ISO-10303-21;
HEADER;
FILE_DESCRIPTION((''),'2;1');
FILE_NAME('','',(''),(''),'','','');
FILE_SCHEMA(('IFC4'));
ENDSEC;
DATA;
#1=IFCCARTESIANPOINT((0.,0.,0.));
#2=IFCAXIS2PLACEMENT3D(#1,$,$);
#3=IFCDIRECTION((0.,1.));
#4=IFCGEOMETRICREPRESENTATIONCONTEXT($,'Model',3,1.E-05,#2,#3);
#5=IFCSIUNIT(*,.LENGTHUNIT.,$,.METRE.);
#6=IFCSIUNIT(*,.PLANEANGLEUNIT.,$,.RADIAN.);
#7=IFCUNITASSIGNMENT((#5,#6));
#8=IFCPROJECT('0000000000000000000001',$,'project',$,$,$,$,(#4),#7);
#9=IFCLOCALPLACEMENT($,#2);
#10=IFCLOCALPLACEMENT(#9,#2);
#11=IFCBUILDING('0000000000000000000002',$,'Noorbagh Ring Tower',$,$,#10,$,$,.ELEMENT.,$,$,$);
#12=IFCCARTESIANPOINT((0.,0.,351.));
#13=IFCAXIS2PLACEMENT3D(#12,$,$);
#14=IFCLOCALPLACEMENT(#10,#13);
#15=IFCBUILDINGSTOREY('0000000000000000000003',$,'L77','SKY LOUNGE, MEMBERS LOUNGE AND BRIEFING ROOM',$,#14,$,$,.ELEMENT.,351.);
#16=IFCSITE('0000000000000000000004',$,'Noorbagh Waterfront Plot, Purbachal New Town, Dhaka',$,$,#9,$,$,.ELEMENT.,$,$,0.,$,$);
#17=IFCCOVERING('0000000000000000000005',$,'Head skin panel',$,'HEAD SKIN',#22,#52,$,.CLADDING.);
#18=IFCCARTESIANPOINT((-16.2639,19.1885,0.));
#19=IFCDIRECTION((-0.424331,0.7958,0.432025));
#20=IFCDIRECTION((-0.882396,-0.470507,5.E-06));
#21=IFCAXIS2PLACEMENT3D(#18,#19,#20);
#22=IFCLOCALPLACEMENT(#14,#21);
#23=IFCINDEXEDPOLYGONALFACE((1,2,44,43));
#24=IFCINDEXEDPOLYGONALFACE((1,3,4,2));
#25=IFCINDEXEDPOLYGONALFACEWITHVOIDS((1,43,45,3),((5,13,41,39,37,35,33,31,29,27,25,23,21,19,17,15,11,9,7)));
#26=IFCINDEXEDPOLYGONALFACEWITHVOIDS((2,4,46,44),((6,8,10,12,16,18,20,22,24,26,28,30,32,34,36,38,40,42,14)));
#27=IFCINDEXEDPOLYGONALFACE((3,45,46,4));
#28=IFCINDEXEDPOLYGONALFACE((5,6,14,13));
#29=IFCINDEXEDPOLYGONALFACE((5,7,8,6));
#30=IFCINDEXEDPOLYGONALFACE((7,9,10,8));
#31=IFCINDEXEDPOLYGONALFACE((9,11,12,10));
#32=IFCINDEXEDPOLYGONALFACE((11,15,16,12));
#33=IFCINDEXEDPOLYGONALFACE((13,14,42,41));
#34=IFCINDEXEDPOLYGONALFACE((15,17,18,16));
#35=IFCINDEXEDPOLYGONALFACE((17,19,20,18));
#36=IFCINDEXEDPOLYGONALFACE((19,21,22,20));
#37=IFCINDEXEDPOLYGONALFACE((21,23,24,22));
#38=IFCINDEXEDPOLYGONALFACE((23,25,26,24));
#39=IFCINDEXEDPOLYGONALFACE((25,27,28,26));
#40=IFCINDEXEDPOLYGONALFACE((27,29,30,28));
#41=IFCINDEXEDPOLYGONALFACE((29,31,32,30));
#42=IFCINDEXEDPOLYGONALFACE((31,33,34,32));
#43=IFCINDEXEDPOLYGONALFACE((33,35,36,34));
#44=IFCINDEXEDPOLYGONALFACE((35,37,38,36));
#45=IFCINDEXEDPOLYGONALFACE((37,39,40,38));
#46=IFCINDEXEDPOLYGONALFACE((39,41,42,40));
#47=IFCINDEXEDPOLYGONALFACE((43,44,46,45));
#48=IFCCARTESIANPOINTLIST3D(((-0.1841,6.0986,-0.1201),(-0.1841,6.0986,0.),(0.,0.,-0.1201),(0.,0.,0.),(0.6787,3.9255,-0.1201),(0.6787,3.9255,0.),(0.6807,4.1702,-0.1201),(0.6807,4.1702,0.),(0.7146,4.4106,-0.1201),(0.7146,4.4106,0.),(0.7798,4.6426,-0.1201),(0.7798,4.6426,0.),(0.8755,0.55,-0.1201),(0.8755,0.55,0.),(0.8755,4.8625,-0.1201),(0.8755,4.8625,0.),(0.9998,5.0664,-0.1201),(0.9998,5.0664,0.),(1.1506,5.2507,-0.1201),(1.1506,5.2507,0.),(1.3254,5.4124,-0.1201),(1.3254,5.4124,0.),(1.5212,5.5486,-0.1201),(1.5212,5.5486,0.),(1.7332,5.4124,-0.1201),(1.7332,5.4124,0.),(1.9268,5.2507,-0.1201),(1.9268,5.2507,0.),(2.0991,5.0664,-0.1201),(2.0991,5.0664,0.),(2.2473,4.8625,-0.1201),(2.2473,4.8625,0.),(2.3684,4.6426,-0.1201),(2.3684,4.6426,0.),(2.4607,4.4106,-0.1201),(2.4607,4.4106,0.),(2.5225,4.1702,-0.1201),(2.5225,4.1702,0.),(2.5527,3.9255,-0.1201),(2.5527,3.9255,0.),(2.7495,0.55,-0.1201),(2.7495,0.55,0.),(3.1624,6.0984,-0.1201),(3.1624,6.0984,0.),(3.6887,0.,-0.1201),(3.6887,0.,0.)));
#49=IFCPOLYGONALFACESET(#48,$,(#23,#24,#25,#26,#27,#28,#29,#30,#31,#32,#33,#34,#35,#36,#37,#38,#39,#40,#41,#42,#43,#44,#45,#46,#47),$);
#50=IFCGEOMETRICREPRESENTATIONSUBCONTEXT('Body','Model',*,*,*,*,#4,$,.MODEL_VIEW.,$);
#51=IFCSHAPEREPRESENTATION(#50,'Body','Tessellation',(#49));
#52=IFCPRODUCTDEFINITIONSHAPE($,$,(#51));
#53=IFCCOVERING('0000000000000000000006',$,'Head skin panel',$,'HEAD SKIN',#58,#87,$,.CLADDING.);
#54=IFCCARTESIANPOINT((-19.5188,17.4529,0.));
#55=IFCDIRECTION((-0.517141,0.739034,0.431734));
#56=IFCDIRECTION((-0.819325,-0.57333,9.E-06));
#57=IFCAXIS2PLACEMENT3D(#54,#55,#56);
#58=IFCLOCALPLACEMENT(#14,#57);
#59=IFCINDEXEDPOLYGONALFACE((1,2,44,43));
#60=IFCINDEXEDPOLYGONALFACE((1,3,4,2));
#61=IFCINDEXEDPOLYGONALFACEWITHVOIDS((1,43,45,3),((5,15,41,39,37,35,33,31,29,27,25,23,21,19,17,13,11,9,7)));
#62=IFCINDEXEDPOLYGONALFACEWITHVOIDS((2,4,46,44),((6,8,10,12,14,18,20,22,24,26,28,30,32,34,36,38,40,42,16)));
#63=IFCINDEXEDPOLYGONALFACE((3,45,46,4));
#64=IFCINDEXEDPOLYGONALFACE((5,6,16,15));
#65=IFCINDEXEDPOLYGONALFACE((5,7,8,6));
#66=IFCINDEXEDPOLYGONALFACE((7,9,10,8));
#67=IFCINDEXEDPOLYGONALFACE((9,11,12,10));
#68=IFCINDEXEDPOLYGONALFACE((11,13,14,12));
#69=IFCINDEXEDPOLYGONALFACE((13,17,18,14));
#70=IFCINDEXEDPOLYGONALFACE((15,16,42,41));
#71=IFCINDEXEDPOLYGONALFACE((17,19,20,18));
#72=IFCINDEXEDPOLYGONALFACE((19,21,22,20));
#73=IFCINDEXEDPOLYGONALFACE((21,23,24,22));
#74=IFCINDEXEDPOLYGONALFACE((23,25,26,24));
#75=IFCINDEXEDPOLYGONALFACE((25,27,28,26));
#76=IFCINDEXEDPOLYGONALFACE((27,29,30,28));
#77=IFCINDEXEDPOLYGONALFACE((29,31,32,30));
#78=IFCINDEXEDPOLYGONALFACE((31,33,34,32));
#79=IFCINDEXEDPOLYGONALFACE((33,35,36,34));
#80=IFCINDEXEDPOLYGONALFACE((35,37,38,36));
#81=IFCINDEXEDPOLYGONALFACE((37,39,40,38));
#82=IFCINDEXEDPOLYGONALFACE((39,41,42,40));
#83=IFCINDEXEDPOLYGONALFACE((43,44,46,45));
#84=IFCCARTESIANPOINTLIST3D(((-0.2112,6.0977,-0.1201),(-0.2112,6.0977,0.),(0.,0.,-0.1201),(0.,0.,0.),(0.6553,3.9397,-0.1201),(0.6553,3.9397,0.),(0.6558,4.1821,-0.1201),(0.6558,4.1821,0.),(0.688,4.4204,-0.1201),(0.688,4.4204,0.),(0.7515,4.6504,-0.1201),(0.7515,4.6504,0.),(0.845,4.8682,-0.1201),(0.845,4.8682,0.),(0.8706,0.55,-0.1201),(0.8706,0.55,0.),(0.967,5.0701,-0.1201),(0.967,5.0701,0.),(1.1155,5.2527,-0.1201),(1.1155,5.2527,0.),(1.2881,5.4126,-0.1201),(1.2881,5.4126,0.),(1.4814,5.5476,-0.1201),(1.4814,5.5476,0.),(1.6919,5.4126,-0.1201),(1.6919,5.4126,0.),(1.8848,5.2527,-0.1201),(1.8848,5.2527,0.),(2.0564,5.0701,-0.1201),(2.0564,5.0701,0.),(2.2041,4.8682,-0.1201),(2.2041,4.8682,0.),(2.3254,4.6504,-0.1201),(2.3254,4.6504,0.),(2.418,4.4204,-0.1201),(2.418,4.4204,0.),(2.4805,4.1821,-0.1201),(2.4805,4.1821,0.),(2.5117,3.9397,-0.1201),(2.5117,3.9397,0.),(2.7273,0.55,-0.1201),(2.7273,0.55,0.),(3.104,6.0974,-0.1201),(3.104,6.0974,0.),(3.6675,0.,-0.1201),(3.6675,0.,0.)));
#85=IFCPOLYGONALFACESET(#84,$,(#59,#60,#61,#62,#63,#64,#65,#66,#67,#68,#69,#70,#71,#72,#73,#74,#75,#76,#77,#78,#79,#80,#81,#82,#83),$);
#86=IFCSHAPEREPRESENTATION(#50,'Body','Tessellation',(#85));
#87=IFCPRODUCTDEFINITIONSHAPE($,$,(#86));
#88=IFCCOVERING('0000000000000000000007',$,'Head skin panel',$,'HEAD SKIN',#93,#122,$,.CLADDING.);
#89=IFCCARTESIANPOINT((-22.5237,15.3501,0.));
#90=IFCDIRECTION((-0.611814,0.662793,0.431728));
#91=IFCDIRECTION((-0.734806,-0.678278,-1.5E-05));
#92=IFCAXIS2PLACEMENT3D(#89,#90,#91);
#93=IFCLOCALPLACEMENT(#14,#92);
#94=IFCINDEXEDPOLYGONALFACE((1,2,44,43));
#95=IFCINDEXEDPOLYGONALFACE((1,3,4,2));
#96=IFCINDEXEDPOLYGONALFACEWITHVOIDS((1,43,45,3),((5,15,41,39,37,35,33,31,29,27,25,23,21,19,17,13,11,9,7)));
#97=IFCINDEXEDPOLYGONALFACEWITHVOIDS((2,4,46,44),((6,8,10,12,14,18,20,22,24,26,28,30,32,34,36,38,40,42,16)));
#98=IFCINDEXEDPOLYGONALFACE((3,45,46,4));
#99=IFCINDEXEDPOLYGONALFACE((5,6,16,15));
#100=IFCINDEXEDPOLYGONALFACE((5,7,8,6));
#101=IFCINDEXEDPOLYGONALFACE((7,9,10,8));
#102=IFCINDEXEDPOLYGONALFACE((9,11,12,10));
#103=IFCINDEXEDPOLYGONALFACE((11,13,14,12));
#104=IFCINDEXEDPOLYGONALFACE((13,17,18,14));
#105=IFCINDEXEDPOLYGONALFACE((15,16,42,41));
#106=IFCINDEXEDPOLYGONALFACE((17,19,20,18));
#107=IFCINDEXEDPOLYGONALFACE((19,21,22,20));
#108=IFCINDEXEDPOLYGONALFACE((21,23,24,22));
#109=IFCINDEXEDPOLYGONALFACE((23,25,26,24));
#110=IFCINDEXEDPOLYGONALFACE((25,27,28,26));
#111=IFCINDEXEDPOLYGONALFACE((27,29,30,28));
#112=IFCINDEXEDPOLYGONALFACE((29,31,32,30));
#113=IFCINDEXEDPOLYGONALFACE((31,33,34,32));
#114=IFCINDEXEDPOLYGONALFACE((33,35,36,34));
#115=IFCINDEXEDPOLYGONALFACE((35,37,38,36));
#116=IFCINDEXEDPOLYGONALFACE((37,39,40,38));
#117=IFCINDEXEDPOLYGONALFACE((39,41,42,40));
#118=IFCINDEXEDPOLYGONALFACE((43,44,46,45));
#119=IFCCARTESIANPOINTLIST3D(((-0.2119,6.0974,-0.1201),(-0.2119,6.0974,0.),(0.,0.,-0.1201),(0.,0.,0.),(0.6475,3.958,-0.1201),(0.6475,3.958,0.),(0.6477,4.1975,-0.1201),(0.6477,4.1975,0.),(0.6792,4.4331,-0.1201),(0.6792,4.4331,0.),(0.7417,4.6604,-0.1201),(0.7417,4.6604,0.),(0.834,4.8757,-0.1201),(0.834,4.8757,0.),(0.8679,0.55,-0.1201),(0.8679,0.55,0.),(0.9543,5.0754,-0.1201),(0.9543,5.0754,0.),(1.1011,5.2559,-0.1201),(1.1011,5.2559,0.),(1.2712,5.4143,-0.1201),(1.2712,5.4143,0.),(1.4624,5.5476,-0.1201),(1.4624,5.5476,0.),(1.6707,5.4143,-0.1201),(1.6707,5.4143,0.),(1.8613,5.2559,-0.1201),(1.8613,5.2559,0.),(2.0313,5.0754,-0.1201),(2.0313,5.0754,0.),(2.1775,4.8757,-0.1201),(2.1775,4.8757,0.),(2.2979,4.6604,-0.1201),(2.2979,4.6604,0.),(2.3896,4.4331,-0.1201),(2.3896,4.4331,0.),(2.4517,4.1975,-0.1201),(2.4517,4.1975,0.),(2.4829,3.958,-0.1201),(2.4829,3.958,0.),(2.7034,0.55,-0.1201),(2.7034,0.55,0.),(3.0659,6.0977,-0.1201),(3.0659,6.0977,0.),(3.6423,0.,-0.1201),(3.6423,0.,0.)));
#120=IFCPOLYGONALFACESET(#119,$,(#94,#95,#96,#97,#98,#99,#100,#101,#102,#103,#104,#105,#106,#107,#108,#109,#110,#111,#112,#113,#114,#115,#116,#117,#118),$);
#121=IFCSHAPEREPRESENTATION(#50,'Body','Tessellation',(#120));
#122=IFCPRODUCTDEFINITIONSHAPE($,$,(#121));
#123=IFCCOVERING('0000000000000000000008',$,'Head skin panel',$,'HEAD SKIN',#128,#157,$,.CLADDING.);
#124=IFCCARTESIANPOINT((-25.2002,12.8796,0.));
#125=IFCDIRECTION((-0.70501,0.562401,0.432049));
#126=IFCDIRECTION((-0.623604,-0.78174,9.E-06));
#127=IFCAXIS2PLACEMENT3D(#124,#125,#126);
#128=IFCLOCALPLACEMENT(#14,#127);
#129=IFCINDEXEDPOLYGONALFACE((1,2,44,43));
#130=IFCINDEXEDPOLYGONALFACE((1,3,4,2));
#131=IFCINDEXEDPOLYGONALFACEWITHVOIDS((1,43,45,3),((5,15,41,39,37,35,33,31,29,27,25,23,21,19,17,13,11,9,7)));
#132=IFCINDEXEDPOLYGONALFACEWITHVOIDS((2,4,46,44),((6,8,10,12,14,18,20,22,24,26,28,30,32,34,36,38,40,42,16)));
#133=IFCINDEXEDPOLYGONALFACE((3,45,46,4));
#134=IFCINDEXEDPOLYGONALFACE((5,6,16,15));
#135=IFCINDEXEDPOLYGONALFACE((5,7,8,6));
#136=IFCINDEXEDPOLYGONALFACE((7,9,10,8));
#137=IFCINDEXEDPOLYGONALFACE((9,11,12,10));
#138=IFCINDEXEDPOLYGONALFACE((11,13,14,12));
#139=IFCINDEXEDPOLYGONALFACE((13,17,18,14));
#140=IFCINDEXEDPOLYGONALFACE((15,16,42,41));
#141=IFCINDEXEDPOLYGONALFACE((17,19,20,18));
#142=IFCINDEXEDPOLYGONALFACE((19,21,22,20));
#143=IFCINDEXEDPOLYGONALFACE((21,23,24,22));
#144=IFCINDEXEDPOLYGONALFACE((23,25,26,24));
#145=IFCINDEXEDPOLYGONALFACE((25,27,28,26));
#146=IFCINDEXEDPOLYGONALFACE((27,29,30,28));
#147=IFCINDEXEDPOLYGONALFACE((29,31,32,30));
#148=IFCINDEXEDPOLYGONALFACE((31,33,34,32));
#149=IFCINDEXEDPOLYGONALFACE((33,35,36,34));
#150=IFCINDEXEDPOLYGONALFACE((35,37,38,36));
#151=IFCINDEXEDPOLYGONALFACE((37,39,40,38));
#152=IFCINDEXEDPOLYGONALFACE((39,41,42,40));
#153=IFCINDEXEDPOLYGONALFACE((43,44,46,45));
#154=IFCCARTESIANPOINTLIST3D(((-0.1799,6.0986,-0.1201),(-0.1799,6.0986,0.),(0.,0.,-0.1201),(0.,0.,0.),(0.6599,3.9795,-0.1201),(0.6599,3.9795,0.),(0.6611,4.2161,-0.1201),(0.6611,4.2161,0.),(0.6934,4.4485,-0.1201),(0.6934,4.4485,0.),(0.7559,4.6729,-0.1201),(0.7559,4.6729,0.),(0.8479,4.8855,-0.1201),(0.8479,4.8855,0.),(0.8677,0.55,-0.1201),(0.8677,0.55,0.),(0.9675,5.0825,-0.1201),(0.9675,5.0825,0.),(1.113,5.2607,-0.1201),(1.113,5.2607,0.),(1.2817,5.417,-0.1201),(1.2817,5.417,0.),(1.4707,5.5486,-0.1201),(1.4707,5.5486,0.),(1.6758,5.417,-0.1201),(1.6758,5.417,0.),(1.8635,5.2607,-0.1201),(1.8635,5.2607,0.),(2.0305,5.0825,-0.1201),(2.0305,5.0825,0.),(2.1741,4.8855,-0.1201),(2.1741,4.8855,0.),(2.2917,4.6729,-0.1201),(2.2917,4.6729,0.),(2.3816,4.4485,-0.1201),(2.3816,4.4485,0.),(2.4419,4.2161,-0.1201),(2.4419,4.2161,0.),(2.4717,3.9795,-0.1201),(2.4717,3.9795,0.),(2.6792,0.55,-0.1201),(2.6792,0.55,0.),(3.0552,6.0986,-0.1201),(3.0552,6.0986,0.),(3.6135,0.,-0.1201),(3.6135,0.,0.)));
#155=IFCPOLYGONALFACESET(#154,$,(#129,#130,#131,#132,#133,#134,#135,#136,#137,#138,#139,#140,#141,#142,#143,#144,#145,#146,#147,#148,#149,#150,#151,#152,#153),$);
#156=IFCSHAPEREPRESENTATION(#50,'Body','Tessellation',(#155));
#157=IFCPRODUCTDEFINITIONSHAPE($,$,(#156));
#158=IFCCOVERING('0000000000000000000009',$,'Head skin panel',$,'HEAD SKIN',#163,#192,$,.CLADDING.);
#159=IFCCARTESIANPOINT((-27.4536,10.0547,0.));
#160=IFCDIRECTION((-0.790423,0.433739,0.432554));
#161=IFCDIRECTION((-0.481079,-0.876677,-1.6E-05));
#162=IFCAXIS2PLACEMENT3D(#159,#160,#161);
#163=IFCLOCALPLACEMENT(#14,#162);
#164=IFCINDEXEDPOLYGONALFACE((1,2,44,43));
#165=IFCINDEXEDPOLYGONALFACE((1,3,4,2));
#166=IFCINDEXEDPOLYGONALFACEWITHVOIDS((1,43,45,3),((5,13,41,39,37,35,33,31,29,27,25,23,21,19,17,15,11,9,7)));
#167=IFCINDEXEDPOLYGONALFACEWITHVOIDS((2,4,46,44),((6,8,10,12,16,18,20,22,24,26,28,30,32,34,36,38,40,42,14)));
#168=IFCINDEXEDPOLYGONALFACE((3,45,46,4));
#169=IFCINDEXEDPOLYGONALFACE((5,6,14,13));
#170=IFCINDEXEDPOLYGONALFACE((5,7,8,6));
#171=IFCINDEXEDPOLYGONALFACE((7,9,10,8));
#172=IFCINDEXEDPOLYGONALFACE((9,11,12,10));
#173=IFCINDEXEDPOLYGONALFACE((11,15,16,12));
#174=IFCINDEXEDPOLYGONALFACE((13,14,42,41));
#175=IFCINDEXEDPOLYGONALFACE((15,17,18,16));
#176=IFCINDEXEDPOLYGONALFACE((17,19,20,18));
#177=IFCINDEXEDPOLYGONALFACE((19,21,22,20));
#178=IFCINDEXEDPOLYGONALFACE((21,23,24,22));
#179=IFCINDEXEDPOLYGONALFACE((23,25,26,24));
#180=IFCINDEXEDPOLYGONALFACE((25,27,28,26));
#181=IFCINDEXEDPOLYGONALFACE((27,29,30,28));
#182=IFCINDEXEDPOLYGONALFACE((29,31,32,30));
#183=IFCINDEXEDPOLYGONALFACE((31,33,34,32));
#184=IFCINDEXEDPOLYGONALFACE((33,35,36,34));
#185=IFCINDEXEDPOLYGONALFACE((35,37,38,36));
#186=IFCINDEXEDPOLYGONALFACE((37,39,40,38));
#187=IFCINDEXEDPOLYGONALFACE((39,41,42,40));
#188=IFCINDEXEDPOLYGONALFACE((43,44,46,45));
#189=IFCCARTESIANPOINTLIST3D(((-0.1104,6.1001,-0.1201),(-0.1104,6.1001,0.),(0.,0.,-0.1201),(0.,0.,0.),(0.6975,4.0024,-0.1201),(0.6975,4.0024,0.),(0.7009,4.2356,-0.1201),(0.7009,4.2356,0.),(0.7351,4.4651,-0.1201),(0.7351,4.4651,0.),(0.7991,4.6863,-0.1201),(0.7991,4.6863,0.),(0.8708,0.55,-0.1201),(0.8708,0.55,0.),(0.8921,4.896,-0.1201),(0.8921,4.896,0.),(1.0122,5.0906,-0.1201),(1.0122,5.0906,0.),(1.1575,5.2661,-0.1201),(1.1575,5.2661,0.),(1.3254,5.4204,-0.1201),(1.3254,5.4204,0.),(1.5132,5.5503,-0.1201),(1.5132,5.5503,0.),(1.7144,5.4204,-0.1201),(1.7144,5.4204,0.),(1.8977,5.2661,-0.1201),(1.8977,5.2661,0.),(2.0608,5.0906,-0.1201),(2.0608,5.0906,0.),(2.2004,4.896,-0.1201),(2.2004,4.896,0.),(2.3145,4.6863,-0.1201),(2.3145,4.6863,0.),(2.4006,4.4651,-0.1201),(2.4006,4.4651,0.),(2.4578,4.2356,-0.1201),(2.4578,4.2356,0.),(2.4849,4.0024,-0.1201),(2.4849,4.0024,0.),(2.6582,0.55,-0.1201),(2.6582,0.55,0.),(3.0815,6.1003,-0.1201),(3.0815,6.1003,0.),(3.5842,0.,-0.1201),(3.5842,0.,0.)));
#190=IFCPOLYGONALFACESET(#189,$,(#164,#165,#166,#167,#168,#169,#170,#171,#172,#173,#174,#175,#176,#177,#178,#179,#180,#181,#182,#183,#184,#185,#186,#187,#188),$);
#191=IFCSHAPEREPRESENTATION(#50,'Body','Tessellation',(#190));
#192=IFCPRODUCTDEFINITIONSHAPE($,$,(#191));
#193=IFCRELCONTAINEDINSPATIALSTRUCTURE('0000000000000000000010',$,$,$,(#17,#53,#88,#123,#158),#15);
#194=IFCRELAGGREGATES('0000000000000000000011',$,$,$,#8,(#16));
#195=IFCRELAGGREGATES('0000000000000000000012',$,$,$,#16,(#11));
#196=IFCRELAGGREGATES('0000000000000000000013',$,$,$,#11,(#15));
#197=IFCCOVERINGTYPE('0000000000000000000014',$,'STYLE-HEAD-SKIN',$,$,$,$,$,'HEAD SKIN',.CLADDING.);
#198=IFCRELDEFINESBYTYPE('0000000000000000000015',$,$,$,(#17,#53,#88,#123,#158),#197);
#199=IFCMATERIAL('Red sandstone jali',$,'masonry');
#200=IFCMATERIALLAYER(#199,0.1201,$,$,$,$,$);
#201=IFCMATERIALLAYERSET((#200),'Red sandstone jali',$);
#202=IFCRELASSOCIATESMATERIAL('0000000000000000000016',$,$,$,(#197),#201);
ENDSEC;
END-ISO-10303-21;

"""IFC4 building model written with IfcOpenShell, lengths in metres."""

from ifc_helpers import new_model, si_unit, direction, frame, origin, place, context, subcontext, project, spatial, polyline, outline, extrude, material, layer, layer_set, type_object, element, save


model = new_model("IFC4")

# Units and contexts
model_context = context("Model", 3, precision=1e-05, world=origin(), true_north=direction((0.0, 1.0)))
body_context = subcontext(model_context, "Body", "Model", "MODEL_VIEW")
ifc_project = project(units=[si_unit("LENGTHUNIT", "METRE"), si_unit("PLANEANGLEUNIT", "RADIAN")], contexts=[model_context])

# Site, building, storey
site_placement = place(None, origin())
site = spatial("IfcSite", under=ifc_project, at=site_placement, Name="Noorbagh Waterfront Plot, Purbachal New Town, Dhaka", CompositionType="ELEMENT", RefElevation=0.0)
building_placement = place(site_placement, origin())
building = spatial("IfcBuilding", under=site, at=building_placement, Name="Noorbagh Ring Tower", CompositionType="ELEMENT")
storey_placement = place(building_placement, frame((0.0, 0.0, 351.0)))
storey = spatial("IfcBuildingStorey", under=building, at=storey_placement, Name="L77", Description="SKY LOUNGE, MEMBERS LOUNGE AND BRIEFING ROOM", CompositionType="ELEMENT", Elevation=351.0)

# Coverings
ifc_material_1 = material(Name="Red sandstone jali", Category="masonry")
ifc_layer_1 = layer(ifc_material_1, 0.1201)
ifc_layer_set_1 = layer_set([ifc_layer_1], Name="Red sandstone jali")
covering_type_1 = type_object("IfcCoveringType", Name="STYLE-HEAD-SKIN", ElementType="HEAD SKIN", PredefinedType="CLADDING", material=ifc_layer_set_1)
covering_1_placement = place(storey_placement, frame((-16.2639, 19.1885, 0.0), z_axis=(-0.424331, 0.7958, 0.432025), x_axis=(-0.882396, -0.470507, 0.000005)))
element("IfcCovering", 1, at=covering_1_placement, inside=storey, type_object=covering_type_1, Name="Head skin panel", ObjectType="HEAD SKIN", PredefinedType="CLADDING", context=body_context, shape_type="SweptSolid", body=[
    extrude(outline(polyline([(0.0, 0.0), (3.6887, 0.0), (3.1624, 6.0984), (-0.1841, 6.0986), (0.0, 0.0)]), holes=[polyline([(0.8755, 0.55), (0.6787, 3.9255), (0.6807, 4.1702), (0.7146, 4.4106), (0.7798, 4.6426), (0.8755, 4.8625), (0.9998, 5.0664), (1.1506, 5.2507), (1.3254, 5.4124), (1.5212, 5.5486), (1.7332, 5.4124), (1.9268, 5.2507), (2.0991, 5.0664), (2.2473, 4.8625), (2.3684, 4.6426), (2.4607, 4.4106), (2.5225, 4.1702), (2.5527, 3.9255), (2.7495, 0.55), (0.8755, 0.55)])]), origin(), (0.0, 0.0, -1.0), 0.1201),
])
covering_2_placement = place(storey_placement, frame((-19.5188, 17.4529, 0.0), z_axis=(-0.517141, 0.739034, 0.431734), x_axis=(-0.819325, -0.57333, 0.000009)))
element("IfcCovering", 2, at=covering_2_placement, inside=storey, type_object=covering_type_1, Name="Head skin panel", ObjectType="HEAD SKIN", PredefinedType="CLADDING", context=body_context, shape_type="SweptSolid", body=[
    extrude(outline(polyline([(0.0, 0.0), (3.6675, 0.0), (3.104, 6.0974), (-0.2112, 6.0977), (0.0, 0.0)]), holes=[polyline([(0.8706, 0.55), (0.6553, 3.9397), (0.6558, 4.1821), (0.688, 4.4204), (0.7515, 4.6504), (0.845, 4.8682), (0.967, 5.0701), (1.1155, 5.2527), (1.2881, 5.4126), (1.4814, 5.5476), (1.6919, 5.4126), (1.8848, 5.2527), (2.0564, 5.0701), (2.2041, 4.8682), (2.3254, 4.6504), (2.418, 4.4204), (2.4805, 4.1821), (2.5117, 3.9397), (2.7273, 0.55), (0.8706, 0.55)])]), origin(), (0.0, 0.0, -1.0), 0.1201),
])
covering_3_placement = place(storey_placement, frame((-22.5237, 15.3501, 0.0), z_axis=(-0.611814, 0.662793, 0.431728), x_axis=(-0.734806, -0.678278, -0.000015)))
element("IfcCovering", 3, at=covering_3_placement, inside=storey, type_object=covering_type_1, Name="Head skin panel", ObjectType="HEAD SKIN", PredefinedType="CLADDING", context=body_context, shape_type="SweptSolid", body=[
    extrude(outline(polyline([(0.0, 0.0), (3.6423, 0.0), (3.0659, 6.0977), (-0.2119, 6.0974), (0.0, 0.0)]), holes=[polyline([(0.8679, 0.55), (0.6475, 3.958), (0.6477, 4.1975), (0.6792, 4.4331), (0.7417, 4.6604), (0.834, 4.8757), (0.9543, 5.0754), (1.1011, 5.2559), (1.2712, 5.4143), (1.4624, 5.5476), (1.6707, 5.4143), (1.8613, 5.2559), (2.0312, 5.0754), (2.1775, 4.8757), (2.2979, 4.6604), (2.3896, 4.4331), (2.4517, 4.1975), (2.4829, 3.958), (2.7034, 0.55), (0.8679, 0.55)])]), origin(), (0.0, 0.0, -1.0), 0.1201),
])
covering_4_placement = place(storey_placement, frame((-25.2002, 12.8796, 0.0), z_axis=(-0.70501, 0.562401, 0.432049), x_axis=(-0.623604, -0.78174, 0.000009)))
element("IfcCovering", 4, at=covering_4_placement, inside=storey, type_object=covering_type_1, Name="Head skin panel", ObjectType="HEAD SKIN", PredefinedType="CLADDING", context=body_context, shape_type="SweptSolid", body=[
    extrude(outline(polyline([(0.0, 0.0), (3.6135, 0.0), (3.0552, 6.0986), (-0.1799, 6.0986), (0.0, 0.0)]), holes=[polyline([(0.8677, 0.55), (0.6599, 3.9795), (0.6611, 4.2161), (0.6934, 4.4485), (0.7559, 4.6729), (0.8479, 4.8855), (0.9675, 5.0825), (1.113, 5.2607), (1.2817, 5.417), (1.4707, 5.5486), (1.6758, 5.417), (1.8635, 5.2607), (2.0305, 5.0825), (2.1741, 4.8855), (2.2917, 4.6729), (2.3816, 4.4485), (2.4419, 4.2161), (2.4717, 3.9795), (2.6792, 0.55), (0.8677, 0.55)])]), origin(), (0.0, 0.0, -1.0), 0.1201),
])
covering_5_placement = place(storey_placement, frame((-27.4536, 10.0547, 0.0), z_axis=(-0.790423, 0.433739, 0.432554), x_axis=(-0.481079, -0.876677, -0.000016)))
element("IfcCovering", 5, at=covering_5_placement, inside=storey, type_object=covering_type_1, Name="Head skin panel", ObjectType="HEAD SKIN", PredefinedType="CLADDING", context=body_context, shape_type="SweptSolid", body=[
    extrude(outline(polyline([(0.0, 0.0), (3.5842, 0.0), (3.0815, 6.1003), (-0.1104, 6.1001), (0.0, 0.0)]), holes=[polyline([(0.8708, 0.55), (0.6975, 4.0024), (0.7009, 4.2356), (0.7351, 4.4651), (0.7991, 4.6863), (0.8921, 4.896), (1.0122, 5.0906), (1.1575, 5.2661), (1.3254, 5.4204), (1.5132, 5.5503), (1.7144, 5.4204), (1.8977, 5.2661), (2.0608, 5.0906), (2.2004, 4.896), (2.3145, 4.6863), (2.4006, 4.4651), (2.4578, 4.2356), (2.4849, 4.0024), (2.6582, 0.55), (0.8708, 0.55)])]), origin(), (0.0, 0.0, -1.0), 0.1201),
])

save(model, "model.ifc")
